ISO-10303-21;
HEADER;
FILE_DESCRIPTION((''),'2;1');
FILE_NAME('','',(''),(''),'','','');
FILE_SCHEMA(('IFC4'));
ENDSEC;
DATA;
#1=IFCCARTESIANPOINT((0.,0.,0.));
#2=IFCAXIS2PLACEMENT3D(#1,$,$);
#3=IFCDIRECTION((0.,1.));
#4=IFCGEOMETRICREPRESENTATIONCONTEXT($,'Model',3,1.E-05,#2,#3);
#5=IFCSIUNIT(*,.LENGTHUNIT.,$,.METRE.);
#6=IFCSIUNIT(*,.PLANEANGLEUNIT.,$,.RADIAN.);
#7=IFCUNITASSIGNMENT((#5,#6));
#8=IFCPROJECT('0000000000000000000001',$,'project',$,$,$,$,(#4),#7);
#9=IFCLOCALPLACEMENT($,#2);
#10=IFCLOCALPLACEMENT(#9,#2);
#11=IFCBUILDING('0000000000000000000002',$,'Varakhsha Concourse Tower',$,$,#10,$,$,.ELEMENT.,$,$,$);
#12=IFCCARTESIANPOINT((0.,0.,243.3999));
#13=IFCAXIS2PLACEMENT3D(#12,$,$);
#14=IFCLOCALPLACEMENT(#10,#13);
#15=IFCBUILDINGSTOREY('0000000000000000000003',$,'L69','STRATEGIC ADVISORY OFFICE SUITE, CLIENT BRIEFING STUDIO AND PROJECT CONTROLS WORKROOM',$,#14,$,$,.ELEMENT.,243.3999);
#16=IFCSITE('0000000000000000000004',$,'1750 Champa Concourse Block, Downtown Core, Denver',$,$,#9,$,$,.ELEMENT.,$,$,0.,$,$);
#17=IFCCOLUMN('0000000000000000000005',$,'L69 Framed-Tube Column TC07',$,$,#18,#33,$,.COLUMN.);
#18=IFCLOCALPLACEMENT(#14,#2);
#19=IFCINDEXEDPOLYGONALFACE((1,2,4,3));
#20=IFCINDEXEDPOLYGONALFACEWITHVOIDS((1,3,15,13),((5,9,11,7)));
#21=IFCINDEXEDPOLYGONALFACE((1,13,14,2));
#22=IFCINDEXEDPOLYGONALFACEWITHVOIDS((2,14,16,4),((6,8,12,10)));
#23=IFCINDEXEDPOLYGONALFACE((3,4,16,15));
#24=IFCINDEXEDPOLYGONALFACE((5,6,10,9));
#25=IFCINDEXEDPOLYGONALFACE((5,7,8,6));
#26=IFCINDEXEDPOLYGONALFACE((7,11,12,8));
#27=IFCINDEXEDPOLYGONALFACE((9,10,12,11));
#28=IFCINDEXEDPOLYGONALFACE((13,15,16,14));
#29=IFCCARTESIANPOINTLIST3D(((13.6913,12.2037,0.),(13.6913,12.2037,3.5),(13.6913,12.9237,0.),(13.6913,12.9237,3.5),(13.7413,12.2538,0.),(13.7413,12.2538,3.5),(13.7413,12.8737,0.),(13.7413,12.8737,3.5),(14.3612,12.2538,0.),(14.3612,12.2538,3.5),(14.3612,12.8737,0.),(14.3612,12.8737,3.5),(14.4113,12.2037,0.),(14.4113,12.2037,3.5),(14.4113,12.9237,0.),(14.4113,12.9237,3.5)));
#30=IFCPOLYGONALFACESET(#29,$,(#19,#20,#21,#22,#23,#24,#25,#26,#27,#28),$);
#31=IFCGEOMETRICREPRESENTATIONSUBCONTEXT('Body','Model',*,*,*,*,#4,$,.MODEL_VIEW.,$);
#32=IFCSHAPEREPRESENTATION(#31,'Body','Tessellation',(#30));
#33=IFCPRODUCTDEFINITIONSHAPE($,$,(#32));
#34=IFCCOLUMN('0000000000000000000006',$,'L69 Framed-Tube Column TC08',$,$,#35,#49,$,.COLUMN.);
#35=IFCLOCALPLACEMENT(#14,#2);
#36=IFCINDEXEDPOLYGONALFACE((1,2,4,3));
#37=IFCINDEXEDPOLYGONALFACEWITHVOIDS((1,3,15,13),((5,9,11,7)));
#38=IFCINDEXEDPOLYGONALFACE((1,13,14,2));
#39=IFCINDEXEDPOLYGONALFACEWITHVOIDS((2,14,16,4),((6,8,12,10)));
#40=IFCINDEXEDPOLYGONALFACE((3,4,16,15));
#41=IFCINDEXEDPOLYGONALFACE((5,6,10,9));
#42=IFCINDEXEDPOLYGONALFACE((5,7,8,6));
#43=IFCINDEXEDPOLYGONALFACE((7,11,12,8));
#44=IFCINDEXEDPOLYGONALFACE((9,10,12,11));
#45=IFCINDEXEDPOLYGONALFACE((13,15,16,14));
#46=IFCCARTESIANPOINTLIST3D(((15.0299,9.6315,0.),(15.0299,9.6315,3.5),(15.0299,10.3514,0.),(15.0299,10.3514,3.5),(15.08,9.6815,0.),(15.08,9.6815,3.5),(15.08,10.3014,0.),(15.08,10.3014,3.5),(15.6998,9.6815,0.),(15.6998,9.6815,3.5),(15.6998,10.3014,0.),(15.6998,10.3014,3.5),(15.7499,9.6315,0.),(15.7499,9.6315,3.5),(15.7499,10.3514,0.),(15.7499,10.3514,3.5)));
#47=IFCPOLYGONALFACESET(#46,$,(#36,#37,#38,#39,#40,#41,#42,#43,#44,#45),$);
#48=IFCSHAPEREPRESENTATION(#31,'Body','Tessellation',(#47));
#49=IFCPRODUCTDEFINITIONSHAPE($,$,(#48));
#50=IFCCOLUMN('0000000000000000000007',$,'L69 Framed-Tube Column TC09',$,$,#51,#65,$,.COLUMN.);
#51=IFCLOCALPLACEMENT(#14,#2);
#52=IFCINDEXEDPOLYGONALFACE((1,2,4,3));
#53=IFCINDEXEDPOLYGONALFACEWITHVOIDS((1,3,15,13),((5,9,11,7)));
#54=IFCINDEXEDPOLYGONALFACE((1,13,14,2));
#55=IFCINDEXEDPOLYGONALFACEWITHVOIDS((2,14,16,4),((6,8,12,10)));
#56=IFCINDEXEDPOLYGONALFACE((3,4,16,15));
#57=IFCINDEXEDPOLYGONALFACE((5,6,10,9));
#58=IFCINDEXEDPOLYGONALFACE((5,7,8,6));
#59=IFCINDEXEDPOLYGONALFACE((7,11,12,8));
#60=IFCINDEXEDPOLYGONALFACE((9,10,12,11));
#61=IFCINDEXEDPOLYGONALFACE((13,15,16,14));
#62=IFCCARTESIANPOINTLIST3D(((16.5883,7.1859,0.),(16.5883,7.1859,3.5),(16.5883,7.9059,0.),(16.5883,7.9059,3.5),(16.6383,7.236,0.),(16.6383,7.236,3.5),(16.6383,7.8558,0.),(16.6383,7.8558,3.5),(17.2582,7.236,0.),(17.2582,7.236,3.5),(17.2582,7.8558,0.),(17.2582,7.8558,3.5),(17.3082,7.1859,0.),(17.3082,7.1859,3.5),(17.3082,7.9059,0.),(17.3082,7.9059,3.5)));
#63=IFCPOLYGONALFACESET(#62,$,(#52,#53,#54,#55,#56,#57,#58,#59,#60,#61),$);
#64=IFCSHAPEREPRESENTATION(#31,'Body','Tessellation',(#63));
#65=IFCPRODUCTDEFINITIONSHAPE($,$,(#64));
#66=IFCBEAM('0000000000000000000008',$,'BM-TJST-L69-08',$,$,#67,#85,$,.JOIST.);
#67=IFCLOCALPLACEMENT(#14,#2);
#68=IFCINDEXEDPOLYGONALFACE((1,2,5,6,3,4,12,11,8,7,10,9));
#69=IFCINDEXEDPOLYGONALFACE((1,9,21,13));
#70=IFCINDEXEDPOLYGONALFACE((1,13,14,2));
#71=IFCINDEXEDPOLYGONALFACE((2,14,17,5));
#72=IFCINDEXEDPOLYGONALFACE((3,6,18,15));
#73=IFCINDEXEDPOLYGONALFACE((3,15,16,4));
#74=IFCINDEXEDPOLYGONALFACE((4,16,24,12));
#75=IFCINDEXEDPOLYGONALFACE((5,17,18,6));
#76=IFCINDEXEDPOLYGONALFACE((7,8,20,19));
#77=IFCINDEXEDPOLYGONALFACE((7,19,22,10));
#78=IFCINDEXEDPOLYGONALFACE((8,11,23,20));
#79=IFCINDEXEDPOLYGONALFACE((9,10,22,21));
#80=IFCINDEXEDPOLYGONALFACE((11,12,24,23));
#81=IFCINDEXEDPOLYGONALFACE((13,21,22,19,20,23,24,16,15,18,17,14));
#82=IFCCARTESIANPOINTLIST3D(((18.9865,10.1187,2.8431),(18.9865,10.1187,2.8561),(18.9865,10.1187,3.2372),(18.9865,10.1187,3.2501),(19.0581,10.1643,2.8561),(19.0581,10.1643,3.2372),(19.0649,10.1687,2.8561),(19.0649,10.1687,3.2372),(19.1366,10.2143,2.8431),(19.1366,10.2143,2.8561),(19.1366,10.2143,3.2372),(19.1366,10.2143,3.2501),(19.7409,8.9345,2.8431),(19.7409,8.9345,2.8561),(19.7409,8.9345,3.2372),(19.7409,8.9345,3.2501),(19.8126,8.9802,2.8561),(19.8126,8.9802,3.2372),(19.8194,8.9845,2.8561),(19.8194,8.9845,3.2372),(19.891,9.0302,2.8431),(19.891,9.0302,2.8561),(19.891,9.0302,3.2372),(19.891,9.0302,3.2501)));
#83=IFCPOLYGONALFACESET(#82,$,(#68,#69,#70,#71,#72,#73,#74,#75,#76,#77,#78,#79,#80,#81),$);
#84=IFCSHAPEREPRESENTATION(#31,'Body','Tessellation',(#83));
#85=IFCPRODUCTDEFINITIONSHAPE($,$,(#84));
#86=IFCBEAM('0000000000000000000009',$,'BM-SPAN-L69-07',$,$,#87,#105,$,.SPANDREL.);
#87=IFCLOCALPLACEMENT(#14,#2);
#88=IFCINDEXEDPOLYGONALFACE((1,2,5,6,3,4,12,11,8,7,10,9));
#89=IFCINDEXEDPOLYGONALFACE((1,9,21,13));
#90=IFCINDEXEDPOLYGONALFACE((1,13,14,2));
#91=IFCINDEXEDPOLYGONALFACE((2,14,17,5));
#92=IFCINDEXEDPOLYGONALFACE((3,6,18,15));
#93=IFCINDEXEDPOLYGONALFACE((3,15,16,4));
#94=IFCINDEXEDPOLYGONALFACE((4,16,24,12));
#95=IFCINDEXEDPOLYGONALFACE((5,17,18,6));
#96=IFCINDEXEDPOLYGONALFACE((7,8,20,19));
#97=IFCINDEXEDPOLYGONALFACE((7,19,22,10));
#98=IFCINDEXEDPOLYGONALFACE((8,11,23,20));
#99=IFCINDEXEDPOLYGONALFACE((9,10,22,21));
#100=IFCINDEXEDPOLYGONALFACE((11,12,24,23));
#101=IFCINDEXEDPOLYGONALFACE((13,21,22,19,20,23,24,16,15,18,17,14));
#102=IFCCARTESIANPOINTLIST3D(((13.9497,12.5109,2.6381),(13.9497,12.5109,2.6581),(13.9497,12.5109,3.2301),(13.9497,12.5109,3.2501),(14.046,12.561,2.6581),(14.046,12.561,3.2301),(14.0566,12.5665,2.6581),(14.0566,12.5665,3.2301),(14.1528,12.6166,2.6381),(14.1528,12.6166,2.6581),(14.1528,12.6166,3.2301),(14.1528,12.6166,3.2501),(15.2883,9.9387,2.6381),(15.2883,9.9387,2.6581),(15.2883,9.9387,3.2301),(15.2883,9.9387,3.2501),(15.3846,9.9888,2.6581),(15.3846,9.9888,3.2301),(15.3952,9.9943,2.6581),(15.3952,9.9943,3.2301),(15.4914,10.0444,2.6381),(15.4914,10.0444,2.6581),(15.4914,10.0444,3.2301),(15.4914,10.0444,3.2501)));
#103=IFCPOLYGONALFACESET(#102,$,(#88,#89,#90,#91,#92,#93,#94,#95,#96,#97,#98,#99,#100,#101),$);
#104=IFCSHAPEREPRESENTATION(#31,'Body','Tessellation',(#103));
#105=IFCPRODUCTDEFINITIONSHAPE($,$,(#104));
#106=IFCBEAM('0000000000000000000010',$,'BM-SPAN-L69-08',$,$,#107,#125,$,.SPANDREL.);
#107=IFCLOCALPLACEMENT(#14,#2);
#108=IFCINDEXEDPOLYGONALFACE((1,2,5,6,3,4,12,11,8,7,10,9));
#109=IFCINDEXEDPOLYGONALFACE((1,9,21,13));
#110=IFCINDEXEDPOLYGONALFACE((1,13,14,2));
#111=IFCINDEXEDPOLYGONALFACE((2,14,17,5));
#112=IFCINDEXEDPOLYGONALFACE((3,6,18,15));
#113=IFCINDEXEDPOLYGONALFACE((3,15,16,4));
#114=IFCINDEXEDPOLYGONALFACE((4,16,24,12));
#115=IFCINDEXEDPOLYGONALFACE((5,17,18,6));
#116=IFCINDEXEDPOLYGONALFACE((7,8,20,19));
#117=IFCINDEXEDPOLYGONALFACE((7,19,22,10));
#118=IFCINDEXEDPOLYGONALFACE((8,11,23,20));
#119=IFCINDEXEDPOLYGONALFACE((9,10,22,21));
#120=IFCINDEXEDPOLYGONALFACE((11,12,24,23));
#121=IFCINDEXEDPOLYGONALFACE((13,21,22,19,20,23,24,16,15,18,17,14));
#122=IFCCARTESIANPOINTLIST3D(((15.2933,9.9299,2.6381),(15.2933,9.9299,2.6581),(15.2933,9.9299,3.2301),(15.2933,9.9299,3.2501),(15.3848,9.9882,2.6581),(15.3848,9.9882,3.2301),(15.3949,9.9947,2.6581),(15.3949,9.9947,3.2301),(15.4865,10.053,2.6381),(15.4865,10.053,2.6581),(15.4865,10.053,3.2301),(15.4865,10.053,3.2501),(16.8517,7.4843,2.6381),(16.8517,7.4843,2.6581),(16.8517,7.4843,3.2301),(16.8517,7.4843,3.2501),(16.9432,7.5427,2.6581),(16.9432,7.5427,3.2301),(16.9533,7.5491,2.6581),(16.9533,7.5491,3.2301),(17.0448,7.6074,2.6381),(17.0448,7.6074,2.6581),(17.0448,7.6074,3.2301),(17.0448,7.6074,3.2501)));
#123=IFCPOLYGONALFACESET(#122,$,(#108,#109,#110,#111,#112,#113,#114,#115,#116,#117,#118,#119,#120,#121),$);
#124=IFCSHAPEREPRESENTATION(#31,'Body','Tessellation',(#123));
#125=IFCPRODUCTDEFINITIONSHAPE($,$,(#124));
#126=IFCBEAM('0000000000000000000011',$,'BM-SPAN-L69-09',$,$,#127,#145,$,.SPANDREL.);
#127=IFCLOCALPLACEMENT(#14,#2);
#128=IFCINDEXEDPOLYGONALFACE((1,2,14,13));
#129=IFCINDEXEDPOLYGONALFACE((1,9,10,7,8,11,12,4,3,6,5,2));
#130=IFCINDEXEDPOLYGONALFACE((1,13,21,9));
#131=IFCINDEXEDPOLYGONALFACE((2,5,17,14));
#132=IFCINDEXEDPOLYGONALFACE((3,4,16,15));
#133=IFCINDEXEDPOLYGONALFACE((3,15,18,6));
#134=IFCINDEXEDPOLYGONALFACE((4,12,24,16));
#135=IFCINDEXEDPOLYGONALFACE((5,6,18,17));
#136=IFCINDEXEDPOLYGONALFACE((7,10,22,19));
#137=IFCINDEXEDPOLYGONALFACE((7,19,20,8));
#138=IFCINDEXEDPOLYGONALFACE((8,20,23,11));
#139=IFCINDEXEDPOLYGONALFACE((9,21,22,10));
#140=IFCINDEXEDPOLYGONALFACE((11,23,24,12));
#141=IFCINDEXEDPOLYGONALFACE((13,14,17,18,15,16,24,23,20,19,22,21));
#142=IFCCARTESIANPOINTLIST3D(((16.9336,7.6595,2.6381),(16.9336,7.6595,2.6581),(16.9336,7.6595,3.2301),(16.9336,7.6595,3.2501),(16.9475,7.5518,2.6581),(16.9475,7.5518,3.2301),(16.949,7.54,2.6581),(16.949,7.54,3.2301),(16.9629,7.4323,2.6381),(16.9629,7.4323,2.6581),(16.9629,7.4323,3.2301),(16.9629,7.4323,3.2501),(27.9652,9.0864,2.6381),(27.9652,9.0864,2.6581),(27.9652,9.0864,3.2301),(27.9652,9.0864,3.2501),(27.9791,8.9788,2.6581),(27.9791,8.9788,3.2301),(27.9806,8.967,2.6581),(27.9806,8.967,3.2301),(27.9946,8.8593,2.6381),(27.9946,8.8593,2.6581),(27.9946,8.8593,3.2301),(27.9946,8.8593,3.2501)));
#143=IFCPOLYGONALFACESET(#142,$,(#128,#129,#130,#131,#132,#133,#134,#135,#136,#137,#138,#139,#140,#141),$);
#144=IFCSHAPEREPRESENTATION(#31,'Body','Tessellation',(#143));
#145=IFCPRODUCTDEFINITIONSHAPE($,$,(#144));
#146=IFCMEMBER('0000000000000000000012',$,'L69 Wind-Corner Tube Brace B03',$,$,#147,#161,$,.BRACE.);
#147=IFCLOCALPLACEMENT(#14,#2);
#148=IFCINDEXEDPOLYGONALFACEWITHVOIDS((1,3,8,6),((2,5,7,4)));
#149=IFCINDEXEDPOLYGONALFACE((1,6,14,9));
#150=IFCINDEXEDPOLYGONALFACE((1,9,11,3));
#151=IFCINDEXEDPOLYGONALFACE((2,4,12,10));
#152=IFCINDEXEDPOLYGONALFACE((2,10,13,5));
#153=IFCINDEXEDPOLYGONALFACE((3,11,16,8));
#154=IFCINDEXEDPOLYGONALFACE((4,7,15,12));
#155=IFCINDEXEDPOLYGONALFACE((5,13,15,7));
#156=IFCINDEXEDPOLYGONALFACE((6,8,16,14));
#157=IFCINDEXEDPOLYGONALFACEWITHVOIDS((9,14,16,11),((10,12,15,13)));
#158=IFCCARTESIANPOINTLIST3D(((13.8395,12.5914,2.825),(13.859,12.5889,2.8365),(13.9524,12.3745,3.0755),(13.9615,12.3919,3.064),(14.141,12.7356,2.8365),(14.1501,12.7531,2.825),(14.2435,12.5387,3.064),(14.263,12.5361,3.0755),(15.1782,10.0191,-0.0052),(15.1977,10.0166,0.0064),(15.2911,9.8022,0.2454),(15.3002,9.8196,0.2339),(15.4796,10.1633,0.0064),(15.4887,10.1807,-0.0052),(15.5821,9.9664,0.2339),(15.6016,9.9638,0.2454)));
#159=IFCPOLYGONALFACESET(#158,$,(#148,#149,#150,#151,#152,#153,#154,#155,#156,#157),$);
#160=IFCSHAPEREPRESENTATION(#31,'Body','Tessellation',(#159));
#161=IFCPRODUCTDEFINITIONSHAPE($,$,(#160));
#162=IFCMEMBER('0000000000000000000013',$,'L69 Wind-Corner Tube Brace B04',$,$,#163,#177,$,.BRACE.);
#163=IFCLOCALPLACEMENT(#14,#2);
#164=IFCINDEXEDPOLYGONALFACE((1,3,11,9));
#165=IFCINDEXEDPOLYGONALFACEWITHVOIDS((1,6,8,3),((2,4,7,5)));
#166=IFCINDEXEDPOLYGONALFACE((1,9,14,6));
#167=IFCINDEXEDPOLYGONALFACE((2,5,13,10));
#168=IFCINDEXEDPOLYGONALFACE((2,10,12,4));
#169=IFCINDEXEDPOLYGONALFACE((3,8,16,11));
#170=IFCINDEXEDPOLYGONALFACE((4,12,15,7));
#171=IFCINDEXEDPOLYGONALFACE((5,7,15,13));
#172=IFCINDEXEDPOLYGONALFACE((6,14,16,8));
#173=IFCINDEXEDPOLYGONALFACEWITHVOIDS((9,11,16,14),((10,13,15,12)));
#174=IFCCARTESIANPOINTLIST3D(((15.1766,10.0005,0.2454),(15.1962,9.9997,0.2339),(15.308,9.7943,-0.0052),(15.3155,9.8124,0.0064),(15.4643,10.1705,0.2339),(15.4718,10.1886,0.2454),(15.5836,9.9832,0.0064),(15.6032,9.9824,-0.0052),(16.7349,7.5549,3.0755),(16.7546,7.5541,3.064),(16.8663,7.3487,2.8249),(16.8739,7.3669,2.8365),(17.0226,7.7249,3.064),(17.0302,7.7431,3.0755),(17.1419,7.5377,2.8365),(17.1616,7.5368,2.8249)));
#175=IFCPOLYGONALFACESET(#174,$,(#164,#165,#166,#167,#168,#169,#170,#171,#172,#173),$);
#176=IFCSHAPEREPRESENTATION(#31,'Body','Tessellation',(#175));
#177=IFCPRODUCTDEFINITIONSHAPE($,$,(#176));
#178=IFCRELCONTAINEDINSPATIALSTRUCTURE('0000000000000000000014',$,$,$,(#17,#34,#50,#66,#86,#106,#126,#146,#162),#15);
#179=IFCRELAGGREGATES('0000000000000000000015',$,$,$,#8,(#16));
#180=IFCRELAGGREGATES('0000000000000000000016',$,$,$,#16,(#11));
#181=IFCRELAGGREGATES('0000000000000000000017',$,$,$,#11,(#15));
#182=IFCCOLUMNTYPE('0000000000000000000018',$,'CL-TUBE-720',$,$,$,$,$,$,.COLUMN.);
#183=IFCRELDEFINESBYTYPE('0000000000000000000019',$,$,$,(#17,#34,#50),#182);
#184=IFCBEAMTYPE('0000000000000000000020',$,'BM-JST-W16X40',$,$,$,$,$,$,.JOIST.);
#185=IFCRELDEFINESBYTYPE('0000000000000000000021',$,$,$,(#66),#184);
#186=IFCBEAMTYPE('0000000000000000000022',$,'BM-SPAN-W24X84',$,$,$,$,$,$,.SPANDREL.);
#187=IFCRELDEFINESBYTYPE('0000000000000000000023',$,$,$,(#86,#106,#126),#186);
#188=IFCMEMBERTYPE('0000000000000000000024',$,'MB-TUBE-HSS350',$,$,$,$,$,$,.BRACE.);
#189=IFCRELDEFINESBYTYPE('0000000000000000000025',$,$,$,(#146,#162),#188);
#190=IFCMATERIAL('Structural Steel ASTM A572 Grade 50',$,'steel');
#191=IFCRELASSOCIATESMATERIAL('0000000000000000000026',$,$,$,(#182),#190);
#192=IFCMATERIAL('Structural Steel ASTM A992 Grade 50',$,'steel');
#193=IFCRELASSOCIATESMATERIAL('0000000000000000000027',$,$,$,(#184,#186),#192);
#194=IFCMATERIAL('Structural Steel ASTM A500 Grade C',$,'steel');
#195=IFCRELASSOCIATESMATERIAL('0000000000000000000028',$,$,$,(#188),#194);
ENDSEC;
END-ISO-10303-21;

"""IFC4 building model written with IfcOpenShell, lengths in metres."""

from ifc_helpers import new_model, si_unit, direction, frame, origin, origin_2d, place, context, subcontext, project, spatial, hollow_rectangle, i_section, extrude, source, transform, mapped, material, material_profile, profile_set, type_object, type_shapes, element, save


model = new_model("IFC4")

# Units and contexts
model_context = context("Model", 3, precision=1e-05, world=origin(), true_north=direction((0.0, 1.0)))
body_context = subcontext(model_context, "Body", "Model", "MODEL_VIEW")
ifc_project = project(units=[si_unit("LENGTHUNIT", "METRE"), si_unit("PLANEANGLEUNIT", "RADIAN")], contexts=[model_context])

# Site, building, storey
site_placement = place(None, origin())
site = spatial("IfcSite", under=ifc_project, at=site_placement, Name="1750 Champa Concourse Block, Downtown Core, Denver", CompositionType="ELEMENT", RefElevation=0.0)
building_placement = place(site_placement, origin())
building = spatial("IfcBuilding", under=site, at=building_placement, Name="Varakhsha Concourse Tower", CompositionType="ELEMENT")
storey_placement = place(building_placement, frame((0.0, 0.0, 243.3999)))
storey = spatial("IfcBuildingStorey", under=building, at=storey_placement, Name="L69", Description="STRATEGIC ADVISORY OFFICE SUITE, CLIENT BRIEFING STUDIO AND PROJECT CONTROLS WORKROOM", CompositionType="ELEMENT", Elevation=243.3999)

# Columns
ifc_material_1 = material(Name="Structural Steel ASTM A572 Grade 50", Category="steel")
ifc_material_profile_1 = material_profile(ifc_material_1, hollow_rectangle(XDim=0.72, YDim=0.72, WallThickness=0.05, at=origin_2d()), Name="BOX 720x720x50")
ifc_profile_set_1 = profile_set([ifc_material_profile_1], Name="Structural Steel ASTM A572 Grade 50")
column_type = type_object("IfcColumnType", Name="CL-TUBE-720", PredefinedType="COLUMN", material=ifc_profile_set_1)
for number, where, z_axis, x_axis, name in (
    (1, (14.0513, 12.5637, 0.0), (0.0, 0.0, 1.0), (1.0, 0.0, 0.0), "L69 Framed-Tube Column TC07"),
    (2, (15.3899, 9.9915, 0.0), (0.0, 0.0, 1.0), (1.0, 0.0, 0.0), "L69 Framed-Tube Column TC08"),
    (3, (16.9482, 7.5459, 0.0), (0.0, 0.0, 1.0), (1.0, 0.0, 0.0), "L69 Framed-Tube Column TC09"),
):
    element("IfcColumn", number, at=place(storey_placement, frame(where, z_axis=z_axis, x_axis=x_axis)), inside=storey, type_object=column_type, Name=name, PredefinedType="COLUMN", context=body_context, shape_type="SweptSolid", body=[
        extrude(hollow_rectangle(XDim=0.72, YDim=0.72, WallThickness=0.05, at=origin_2d()), origin(), (0.0, 0.0, 1.0), 3.5),
    ])

# Beams
ifc_material_2 = material(Name="Structural Steel ASTM A992 Grade 50", Category="steel")
ifc_material_profile_2 = material_profile(ifc_material_2, i_section(OverallWidth=0.178, OverallDepth=0.407, WebThickness=0.0081, FlangeThickness=0.0129, at=origin_2d()), Name="W16X40")
ifc_profile_set_2 = profile_set([ifc_material_profile_2], Name="Structural Steel ASTM A992 Grade 50")
beam_type_1 = type_object("IfcBeamType", Name="BM-JST-W16X40", PredefinedType="JOIST", material=ifc_profile_set_2)
beam_1_placement = place(storey_placement, frame((19.0615, 10.1665, 3.0466), z_axis=(0.537325, -0.843375, 0.0), x_axis=(0.843375, 0.537325, 0.0)))
element("IfcBeam", 4, at=beam_1_placement, inside=storey, type_object=beam_type_1, Name="BM-TJST-L69-08", PredefinedType="JOIST", context=body_context, shape_type="SweptSolid", body=[
    extrude(i_section(OverallWidth=0.178, OverallDepth=0.407, WebThickness=0.0081, FlangeThickness=0.0129, at=origin_2d()), origin(), (0.0, 0.0, 1.0), 1.4041),
])
ifc_material_profile_3 = material_profile(ifc_material_2, i_section(OverallWidth=0.229, OverallDepth=0.6121, WebThickness=0.012, FlangeThickness=0.02, at=origin_2d()), Name="W24X84")
ifc_profile_set_3 = profile_set([ifc_material_profile_3], Name="Structural Steel ASTM A992 Grade 50")
beam_type_2 = type_object("IfcBeamType", Name="BM-SPAN-W24X84", PredefinedType="SPANDREL", material=ifc_profile_set_3)
beam_2_placement = place(storey_placement, frame((14.0513, 12.5637, 2.9441), z_axis=(0.461636, -0.887069, 0.0), x_axis=(0.887069, 0.461636, 0.0)))
element("IfcBeam", 5, at=beam_2_placement, inside=storey, type_object=beam_type_2, Name="BM-SPAN-L69-07", PredefinedType="SPANDREL", context=body_context, shape_type="SweptSolid", body=[
    extrude(i_section(OverallWidth=0.229, OverallDepth=0.6121, WebThickness=0.012, FlangeThickness=0.02, at=origin_2d()), origin(), (0.0, 0.0, 1.0), 2.8997),
])
beam_3_placement = place(storey_placement, frame((15.3899, 9.9915, 2.9441), z_axis=(0.537387, -0.843335, 0.0), x_axis=(0.843335, 0.537387, 0.0)))
element("IfcBeam", 6, at=beam_3_placement, inside=storey, type_object=beam_type_2, Name="BM-SPAN-L69-08", PredefinedType="SPANDREL", context=body_context, shape_type="SweptSolid", body=[
    extrude(i_section(OverallWidth=0.229, OverallDepth=0.6121, WebThickness=0.012, FlangeThickness=0.02, at=origin_2d()), origin(), (0.0, 0.0, 1.0), 2.8999),
])
beam_4_placement = place(storey_placement, frame((16.9482, 7.5459, 2.9441), z_axis=(0.991737, 0.128285, 0.0), x_axis=(-0.128285, 0.991737, 0.0)))
element("IfcBeam", 7, at=beam_4_placement, inside=storey, type_object=beam_type_2, Name="BM-SPAN-L69-09", PredefinedType="SPANDREL", context=body_context, shape_type="SweptSolid", body=[
    extrude(i_section(OverallWidth=0.229, OverallDepth=0.6121, WebThickness=0.012, FlangeThickness=0.02, at=origin_2d()), origin(), (0.0, 0.0, 1.0), 11.1235),
])

# Members
ifc_material_3 = material(Name="Structural Steel ASTM A500 Grade C", Category="steel")
ifc_material_profile_4 = material_profile(ifc_material_3, hollow_rectangle(XDim=0.3501, YDim=0.3501, WallThickness=0.0161, at=origin_2d()), Name="HSS 350x350x16")
ifc_profile_set_4 = profile_set([ifc_material_profile_4], Name="Structural Steel ASTM A500 Grade C")
member_type_1 = type_object("IfcMemberType", Name="MB-TUBE-HSS350", PredefinedType="BRACE", material=ifc_profile_set_4)
shared_shape_1 = source(origin(), body_context, "Body", "SweptSolid", [
    extrude(hollow_rectangle(XDim=0.3501, YDim=0.3501, WallThickness=0.0161, at=origin_2d()), origin(), (0.0, 0.0, 1.0), 4.052),
])
type_shapes(member_type_1, [shared_shape_1])
for number, where, z_axis, x_axis, name in (
    (8, (15.3899, 9.9915, 0.1201), (-0.33037, 0.634831, 0.698459), (-0.887069, -0.461636, 0.0), "L69 Wind-Corner Tube Brace B03"),
    (9, (15.3899, 9.9915, 0.1201), (0.38459, -0.603546, 0.698443), (0.843335, 0.537387, 0.0), "L69 Wind-Corner Tube Brace B04"),
):
    element("IfcMember", number, at=place(storey_placement, frame(where, z_axis=z_axis, x_axis=x_axis)), inside=storey, type_object=member_type_1, Name=name, PredefinedType="BRACE", context=body_context, shape_type="MappedRepresentation", body=[
        mapped(shared_shape_1, transform((0.0, 0.0, 0.0), scale=1.0)),
    ])

save(model, "model.ifc")
